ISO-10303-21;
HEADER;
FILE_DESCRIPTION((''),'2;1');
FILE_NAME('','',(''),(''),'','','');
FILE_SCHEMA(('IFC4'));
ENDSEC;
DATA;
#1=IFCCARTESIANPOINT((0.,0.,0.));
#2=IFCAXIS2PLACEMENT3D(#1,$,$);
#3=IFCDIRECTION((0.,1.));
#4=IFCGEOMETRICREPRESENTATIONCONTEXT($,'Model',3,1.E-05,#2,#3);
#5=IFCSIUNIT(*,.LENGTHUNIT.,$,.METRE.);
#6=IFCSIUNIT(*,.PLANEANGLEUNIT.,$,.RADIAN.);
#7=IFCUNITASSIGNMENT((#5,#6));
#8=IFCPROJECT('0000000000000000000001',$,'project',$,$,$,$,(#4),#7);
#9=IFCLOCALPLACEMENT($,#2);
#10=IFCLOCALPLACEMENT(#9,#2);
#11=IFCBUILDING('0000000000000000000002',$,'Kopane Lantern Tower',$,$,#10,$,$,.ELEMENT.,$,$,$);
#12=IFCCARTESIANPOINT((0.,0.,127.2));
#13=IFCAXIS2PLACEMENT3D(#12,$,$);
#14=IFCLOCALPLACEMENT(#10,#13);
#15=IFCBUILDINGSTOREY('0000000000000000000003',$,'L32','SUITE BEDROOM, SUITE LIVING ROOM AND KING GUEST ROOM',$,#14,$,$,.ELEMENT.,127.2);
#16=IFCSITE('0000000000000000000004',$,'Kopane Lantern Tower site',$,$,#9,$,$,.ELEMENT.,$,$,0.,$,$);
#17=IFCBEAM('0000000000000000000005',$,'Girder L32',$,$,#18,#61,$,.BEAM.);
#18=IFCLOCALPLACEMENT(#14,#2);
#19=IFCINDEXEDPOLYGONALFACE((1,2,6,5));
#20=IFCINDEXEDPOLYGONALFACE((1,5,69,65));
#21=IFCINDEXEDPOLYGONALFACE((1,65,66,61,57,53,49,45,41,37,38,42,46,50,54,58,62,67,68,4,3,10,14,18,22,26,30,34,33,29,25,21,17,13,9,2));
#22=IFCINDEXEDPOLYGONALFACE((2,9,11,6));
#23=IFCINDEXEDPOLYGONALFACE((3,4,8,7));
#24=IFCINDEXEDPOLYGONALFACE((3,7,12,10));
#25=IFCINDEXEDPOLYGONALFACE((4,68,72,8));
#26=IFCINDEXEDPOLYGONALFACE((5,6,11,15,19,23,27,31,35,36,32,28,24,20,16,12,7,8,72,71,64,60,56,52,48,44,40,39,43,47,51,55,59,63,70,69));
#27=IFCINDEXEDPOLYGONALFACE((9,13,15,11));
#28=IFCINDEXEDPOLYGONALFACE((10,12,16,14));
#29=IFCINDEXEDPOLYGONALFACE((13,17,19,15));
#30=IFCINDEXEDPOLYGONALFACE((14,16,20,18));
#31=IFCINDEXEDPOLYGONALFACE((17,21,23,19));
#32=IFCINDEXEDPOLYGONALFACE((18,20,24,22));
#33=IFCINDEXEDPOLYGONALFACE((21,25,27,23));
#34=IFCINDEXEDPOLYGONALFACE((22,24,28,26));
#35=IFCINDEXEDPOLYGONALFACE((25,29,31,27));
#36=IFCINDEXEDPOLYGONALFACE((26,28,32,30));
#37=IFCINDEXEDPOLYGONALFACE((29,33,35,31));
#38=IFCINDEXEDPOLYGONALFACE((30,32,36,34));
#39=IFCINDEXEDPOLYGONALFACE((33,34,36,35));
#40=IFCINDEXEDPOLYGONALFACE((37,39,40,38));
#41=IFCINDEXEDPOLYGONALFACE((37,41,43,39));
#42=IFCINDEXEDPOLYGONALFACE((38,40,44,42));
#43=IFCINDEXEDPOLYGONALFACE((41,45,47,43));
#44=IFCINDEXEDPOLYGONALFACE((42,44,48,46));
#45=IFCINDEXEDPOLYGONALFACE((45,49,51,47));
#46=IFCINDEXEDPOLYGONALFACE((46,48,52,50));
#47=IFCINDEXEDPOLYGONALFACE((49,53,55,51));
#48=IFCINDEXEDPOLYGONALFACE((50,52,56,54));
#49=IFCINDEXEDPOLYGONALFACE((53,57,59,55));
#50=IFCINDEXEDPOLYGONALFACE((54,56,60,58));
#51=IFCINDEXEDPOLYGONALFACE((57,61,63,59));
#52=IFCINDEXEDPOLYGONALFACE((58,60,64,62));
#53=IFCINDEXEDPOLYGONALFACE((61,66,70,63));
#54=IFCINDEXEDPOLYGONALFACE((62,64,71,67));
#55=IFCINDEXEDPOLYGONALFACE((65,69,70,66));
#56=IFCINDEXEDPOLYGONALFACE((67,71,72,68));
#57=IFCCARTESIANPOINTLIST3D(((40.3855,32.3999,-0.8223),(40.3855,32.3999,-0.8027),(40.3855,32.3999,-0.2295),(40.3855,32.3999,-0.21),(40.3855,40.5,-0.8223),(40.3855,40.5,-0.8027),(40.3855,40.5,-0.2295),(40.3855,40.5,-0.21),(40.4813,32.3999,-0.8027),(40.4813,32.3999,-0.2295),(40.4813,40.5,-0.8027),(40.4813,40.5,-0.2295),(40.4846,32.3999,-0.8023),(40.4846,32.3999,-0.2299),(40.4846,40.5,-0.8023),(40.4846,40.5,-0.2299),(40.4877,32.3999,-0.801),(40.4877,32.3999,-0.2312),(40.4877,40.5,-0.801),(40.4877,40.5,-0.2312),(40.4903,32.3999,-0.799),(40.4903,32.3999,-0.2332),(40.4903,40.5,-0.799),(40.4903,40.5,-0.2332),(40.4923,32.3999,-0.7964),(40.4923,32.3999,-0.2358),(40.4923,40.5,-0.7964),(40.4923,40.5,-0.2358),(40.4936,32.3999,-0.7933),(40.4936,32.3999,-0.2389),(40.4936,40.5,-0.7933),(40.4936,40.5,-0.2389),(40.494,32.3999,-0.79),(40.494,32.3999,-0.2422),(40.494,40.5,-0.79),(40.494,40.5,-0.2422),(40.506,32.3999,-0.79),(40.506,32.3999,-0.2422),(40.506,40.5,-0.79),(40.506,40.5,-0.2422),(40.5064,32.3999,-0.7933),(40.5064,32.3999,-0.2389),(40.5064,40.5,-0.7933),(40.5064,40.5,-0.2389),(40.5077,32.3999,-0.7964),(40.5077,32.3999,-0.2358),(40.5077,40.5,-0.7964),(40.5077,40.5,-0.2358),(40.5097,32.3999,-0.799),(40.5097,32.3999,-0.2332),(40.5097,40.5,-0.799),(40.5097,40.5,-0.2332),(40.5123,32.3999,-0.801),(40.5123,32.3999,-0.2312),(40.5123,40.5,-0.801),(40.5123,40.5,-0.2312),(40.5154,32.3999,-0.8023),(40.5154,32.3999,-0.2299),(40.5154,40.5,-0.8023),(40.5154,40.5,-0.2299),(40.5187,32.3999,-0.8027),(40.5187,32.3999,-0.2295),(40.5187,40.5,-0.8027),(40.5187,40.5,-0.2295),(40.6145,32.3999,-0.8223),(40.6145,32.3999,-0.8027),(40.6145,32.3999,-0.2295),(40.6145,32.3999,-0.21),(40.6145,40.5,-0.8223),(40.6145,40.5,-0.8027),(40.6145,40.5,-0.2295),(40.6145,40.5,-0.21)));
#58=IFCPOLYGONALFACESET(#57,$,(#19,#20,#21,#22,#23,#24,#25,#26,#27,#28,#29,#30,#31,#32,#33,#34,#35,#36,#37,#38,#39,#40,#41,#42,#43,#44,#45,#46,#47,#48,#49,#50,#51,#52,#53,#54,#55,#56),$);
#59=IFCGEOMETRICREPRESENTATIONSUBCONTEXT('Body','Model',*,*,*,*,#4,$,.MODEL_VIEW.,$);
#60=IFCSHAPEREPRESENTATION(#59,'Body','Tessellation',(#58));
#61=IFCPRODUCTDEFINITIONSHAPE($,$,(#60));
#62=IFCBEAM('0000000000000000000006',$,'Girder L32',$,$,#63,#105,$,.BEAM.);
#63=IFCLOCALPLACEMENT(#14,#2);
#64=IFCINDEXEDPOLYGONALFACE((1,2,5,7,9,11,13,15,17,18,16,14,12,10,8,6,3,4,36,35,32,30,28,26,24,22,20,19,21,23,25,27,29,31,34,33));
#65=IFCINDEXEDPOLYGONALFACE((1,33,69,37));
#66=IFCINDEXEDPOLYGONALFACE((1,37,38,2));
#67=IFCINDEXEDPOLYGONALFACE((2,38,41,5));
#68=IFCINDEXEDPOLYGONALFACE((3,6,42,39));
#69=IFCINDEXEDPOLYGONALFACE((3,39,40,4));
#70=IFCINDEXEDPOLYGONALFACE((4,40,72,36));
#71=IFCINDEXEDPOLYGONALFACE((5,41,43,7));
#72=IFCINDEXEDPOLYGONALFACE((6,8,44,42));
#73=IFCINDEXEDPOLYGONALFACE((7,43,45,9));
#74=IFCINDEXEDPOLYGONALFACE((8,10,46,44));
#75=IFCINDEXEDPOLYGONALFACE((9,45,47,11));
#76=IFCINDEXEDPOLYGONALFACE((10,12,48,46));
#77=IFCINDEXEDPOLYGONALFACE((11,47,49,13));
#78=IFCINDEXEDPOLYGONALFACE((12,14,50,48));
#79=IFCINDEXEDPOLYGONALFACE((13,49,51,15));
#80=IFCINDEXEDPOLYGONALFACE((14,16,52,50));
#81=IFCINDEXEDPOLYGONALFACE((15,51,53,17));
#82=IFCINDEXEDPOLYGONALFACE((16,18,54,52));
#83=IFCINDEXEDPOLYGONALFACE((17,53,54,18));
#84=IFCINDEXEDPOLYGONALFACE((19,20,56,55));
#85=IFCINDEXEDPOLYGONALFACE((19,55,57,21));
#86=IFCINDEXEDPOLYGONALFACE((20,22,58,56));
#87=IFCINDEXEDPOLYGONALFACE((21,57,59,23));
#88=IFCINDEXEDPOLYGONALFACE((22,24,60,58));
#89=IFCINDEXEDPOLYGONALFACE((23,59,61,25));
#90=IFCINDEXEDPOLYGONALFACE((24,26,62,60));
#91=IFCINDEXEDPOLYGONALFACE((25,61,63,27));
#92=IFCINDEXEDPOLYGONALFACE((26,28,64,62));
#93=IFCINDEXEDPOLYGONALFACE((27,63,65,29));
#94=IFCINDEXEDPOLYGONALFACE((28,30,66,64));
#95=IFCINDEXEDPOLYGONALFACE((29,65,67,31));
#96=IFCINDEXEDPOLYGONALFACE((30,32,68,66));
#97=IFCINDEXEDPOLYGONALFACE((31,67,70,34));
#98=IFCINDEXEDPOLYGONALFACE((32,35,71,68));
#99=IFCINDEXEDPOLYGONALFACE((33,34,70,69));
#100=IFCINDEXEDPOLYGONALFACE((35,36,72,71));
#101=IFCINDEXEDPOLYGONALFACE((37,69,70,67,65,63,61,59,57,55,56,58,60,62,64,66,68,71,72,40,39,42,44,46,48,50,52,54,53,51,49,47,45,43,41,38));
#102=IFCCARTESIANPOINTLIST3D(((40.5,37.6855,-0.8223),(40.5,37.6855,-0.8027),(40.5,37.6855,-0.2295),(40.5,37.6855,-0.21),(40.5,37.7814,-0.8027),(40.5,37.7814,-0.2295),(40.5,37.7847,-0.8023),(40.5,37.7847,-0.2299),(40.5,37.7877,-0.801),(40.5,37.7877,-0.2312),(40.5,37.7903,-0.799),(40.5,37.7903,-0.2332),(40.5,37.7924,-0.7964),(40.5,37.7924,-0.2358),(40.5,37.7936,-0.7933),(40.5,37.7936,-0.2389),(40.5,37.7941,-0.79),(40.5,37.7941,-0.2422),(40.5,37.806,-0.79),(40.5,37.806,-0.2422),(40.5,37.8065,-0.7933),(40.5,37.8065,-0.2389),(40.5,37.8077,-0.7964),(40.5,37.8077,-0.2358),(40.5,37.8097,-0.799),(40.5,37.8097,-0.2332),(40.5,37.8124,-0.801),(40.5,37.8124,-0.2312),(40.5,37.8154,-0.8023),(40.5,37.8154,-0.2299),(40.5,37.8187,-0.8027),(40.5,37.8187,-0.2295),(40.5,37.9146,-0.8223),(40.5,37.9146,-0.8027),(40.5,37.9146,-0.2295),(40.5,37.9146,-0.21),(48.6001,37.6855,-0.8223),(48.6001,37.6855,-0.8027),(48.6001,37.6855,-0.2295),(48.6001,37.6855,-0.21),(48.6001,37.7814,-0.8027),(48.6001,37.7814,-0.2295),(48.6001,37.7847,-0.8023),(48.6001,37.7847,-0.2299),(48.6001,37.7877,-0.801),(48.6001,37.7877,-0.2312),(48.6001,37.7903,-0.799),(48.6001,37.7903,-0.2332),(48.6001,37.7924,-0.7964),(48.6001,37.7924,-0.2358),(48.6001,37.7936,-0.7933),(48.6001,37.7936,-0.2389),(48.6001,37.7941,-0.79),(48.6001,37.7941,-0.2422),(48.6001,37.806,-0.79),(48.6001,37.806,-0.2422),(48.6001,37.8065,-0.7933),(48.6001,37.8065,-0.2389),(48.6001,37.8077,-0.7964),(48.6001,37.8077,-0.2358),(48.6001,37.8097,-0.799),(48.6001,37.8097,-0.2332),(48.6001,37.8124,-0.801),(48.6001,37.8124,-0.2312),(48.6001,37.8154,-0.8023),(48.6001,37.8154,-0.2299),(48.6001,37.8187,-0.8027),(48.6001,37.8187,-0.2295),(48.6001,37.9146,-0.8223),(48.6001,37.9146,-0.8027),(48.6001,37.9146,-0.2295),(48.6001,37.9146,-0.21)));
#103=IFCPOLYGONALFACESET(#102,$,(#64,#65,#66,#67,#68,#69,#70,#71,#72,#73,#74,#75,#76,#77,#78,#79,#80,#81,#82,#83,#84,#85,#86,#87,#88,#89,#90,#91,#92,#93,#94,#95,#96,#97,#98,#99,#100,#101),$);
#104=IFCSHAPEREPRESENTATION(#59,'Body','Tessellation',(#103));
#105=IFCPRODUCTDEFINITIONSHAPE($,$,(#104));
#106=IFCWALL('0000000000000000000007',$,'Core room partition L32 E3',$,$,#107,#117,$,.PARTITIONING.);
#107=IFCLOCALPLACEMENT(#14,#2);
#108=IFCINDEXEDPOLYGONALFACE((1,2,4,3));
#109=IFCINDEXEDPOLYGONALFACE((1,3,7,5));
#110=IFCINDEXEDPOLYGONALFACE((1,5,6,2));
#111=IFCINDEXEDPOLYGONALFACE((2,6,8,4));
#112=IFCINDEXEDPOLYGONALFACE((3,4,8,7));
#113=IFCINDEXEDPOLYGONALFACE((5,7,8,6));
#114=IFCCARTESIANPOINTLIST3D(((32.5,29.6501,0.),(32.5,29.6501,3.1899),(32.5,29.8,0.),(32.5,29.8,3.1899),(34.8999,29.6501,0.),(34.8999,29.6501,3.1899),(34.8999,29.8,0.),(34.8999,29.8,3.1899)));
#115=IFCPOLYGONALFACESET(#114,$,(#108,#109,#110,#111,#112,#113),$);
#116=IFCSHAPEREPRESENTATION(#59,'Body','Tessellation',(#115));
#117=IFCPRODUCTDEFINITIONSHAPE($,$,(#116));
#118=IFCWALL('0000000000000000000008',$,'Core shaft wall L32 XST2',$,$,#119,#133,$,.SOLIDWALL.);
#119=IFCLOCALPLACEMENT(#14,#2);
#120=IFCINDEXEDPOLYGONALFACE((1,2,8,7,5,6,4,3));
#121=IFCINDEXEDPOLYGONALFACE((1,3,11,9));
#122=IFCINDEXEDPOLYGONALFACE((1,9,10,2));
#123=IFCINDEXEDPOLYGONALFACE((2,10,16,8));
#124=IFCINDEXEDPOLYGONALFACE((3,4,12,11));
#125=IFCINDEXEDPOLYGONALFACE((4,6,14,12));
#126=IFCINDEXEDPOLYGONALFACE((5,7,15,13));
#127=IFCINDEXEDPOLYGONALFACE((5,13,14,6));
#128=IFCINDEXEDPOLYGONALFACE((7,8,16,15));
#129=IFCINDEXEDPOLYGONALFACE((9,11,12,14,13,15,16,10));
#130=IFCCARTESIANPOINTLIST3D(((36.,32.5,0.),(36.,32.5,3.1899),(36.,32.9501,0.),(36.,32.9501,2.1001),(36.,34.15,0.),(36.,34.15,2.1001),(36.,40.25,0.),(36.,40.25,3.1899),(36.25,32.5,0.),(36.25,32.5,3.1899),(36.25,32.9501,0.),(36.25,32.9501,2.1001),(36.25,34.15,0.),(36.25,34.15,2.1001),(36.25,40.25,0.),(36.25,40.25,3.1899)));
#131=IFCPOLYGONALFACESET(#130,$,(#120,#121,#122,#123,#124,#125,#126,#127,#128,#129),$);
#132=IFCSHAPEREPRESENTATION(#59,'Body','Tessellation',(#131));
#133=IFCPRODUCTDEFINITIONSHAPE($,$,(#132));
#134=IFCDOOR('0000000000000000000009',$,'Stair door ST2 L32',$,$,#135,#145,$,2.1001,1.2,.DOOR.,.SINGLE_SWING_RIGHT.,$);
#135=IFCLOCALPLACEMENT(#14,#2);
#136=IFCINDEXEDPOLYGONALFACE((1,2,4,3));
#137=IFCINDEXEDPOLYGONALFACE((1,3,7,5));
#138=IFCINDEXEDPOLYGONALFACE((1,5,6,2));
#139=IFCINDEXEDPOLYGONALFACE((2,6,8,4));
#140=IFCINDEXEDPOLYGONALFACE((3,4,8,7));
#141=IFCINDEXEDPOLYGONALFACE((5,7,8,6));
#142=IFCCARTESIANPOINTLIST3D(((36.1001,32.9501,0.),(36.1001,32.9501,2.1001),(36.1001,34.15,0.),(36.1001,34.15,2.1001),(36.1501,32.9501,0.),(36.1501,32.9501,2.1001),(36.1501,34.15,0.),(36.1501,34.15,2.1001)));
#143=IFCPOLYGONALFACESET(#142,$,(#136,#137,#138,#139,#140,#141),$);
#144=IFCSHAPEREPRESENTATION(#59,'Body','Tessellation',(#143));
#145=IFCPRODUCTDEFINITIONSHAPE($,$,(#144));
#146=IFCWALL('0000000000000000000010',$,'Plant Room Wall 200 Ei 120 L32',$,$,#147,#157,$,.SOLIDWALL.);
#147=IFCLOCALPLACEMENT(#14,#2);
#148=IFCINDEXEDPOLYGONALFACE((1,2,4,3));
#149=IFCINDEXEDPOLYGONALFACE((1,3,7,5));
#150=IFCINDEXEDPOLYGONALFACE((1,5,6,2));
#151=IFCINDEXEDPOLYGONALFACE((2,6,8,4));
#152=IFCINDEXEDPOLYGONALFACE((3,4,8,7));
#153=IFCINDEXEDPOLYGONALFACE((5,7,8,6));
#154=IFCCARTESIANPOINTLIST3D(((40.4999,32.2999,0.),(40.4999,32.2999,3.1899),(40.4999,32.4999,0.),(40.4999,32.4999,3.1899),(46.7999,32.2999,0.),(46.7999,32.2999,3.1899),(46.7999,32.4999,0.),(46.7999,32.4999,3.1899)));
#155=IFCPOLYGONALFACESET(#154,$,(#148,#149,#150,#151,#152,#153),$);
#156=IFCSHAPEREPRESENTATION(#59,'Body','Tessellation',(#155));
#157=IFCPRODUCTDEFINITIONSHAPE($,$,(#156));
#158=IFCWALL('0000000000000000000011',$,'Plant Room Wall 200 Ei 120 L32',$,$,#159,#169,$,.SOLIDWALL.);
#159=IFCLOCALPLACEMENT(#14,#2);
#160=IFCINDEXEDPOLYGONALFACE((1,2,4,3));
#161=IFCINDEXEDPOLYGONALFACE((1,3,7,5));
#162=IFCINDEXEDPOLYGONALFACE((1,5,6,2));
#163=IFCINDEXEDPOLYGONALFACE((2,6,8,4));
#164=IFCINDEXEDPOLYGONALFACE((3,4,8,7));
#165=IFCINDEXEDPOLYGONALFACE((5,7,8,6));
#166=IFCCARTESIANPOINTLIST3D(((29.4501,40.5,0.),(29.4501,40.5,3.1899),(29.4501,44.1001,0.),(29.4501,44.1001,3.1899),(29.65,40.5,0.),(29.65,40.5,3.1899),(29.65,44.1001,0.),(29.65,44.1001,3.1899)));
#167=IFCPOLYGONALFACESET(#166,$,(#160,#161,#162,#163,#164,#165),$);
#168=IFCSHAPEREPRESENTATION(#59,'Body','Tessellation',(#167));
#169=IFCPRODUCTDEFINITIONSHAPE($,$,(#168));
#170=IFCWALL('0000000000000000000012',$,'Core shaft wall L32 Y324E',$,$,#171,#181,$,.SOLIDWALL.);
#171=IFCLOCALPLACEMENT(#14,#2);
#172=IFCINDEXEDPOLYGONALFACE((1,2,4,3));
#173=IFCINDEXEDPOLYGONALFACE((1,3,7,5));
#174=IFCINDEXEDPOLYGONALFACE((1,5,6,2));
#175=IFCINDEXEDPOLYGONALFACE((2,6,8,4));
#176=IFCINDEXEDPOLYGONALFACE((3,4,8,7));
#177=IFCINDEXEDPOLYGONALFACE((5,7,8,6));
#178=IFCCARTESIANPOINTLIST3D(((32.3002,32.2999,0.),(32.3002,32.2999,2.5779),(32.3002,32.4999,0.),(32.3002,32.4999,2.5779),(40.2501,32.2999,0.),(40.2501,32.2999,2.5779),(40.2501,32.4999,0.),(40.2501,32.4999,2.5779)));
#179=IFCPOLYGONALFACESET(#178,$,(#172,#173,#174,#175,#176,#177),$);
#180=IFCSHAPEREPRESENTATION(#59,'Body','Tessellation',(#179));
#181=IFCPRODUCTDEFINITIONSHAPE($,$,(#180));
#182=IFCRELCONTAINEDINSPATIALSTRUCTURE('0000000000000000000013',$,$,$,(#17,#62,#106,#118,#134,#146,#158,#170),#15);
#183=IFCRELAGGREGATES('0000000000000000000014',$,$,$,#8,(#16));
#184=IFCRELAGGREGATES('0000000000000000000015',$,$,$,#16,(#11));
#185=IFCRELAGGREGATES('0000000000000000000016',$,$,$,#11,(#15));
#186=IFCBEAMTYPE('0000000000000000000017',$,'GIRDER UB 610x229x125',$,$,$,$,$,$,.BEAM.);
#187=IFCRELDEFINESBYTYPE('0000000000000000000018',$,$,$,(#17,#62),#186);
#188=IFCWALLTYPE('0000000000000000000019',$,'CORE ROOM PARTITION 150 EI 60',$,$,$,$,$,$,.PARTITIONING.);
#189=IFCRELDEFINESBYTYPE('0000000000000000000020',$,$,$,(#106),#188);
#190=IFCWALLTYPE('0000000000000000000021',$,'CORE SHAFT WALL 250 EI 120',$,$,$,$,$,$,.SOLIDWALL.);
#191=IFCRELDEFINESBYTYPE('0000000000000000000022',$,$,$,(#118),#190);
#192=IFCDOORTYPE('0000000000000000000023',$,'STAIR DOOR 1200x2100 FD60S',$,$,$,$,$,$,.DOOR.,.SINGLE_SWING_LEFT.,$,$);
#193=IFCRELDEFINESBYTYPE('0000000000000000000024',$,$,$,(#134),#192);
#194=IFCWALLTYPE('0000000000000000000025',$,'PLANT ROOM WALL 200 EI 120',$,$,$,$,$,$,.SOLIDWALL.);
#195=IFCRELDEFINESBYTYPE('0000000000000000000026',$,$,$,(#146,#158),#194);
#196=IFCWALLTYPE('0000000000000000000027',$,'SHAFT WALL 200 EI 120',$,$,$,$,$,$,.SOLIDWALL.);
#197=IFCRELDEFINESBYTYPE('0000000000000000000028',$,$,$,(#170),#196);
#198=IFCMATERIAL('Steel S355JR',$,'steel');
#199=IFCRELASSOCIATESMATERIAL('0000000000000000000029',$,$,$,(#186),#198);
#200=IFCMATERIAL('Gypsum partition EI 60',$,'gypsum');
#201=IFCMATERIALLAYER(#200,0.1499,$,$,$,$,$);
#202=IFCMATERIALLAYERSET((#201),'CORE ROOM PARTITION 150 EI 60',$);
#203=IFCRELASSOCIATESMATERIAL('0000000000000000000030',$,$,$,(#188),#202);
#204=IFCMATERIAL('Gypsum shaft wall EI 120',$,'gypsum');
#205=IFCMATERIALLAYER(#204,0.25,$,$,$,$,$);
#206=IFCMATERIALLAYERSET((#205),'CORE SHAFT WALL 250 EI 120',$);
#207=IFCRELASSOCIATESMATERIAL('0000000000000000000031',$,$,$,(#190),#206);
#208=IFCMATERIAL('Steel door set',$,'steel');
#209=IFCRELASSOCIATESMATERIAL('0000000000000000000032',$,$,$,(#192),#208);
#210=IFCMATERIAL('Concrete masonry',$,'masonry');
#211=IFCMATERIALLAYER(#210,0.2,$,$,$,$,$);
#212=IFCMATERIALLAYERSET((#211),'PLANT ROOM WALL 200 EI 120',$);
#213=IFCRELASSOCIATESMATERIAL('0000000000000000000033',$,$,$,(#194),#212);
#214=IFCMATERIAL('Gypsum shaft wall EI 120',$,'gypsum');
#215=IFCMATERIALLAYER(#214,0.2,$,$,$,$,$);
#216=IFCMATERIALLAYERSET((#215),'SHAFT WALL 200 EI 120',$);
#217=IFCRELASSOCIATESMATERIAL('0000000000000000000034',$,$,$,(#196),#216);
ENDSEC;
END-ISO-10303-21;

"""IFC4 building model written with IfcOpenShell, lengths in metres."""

from ifc_helpers import new_model, si_unit, direction, frame, frame_2d, origin, origin_2d, place, context, subcontext, project, spatial, rectangle, i_section, extrude, material, layer, layer_set, material_profile, profile_set, type_object, element, fill, save


model = new_model("IFC4")

# Units and contexts
model_context = context("Model", 3, precision=1e-05, world=origin(), true_north=direction((0.0, 1.0)))
body_context = subcontext(model_context, "Body", "Model", "MODEL_VIEW")
ifc_project = project(units=[si_unit("LENGTHUNIT", "METRE"), si_unit("PLANEANGLEUNIT", "RADIAN")], contexts=[model_context])

# Site, building, storey
site_placement = place(None, origin())
site = spatial("IfcSite", under=ifc_project, at=site_placement, Name="Kopane Lantern Tower site", CompositionType="ELEMENT", RefElevation=0.0)
building_placement = place(site_placement, origin())
building = spatial("IfcBuilding", under=site, at=building_placement, Name="Kopane Lantern Tower", CompositionType="ELEMENT")
storey_placement = place(building_placement, frame((0.0, 0.0, 127.2)))
storey = spatial("IfcBuildingStorey", under=building, at=storey_placement, Name="L32", Description="SUITE BEDROOM, SUITE LIVING ROOM AND KING GUEST ROOM", CompositionType="ELEMENT", Elevation=127.2)

# Beams
ifc_material_1 = material(Name="Steel S355JR", Category="steel")
ifc_material_profile_1 = material_profile(ifc_material_1, i_section(OverallWidth=0.229, OverallDepth=0.6123, WebThickness=0.012, FlangeThickness=0.0195, FilletRadius=0.0127, at=origin_2d()), Name="UB 610x229x125")
ifc_profile_set_1 = profile_set([ifc_material_profile_1], Name="Steel S355JR")
beam_type_1 = type_object("IfcBeamType", Name="GIRDER UB 610x229x125", PredefinedType="BEAM", material=ifc_profile_set_1)
for number, where, z_axis, x_axis, name in (
    (1, (40.5, 32.3999, -0.5161), (0.0, 1.0, 0.0), (-1.0, 0.0, 0.0), "Girder L32"),
    (2, (40.5, 37.8, -0.5161), (1.0, 0.0, 0.0), (0.0, 1.0, 0.0), "Girder L32"),
):
    element("IfcBeam", number, at=place(storey_placement, frame(where, z_axis=z_axis, x_axis=x_axis)), inside=storey, type_object=beam_type_1, Name=name, PredefinedType="BEAM", context=body_context, shape_type="SweptSolid", body=[
        extrude(i_section(OverallWidth=0.229, OverallDepth=0.6123, WebThickness=0.012, FlangeThickness=0.0195, FilletRadius=0.0127, at=origin_2d()), origin(), (0.0, 0.0, 1.0), 8.1001),
    ])

# Wall
ifc_material_2 = material(Name="Gypsum partition EI 60", Category="gypsum")
ifc_layer_1 = layer(ifc_material_2, 0.1499)
ifc_layer_set_1 = layer_set([ifc_layer_1], Name="CORE ROOM PARTITION 150 EI 60")
wall_type_1 = type_object("IfcWallType", Name="CORE ROOM PARTITION 150 EI 60", PredefinedType="PARTITIONING", material=ifc_layer_set_1)
wall_1_placement = place(storey_placement, frame((32.5, 29.7251, 0.0), z_axis=(0.0, 0.0, 1.0), x_axis=(1.0, 0.0, 0.0)))
element("IfcWall", 3, at=wall_1_placement, inside=storey, type_object=wall_type_1, Name="Core room partition L32 E3", PredefinedType="PARTITIONING", context=body_context, shape_type="SweptSolid", body=[
    extrude(rectangle(XDim=2.3999, YDim=0.1499, at=frame_2d((1.2, 0.0))), origin(), (0.0, 0.0, 1.0), 3.1899),
])

# Wall, opening, door
ifc_material_3 = material(Name="Gypsum shaft wall EI 120", Category="gypsum")
ifc_layer_2 = layer(ifc_material_3, 0.25)
ifc_layer_set_2 = layer_set([ifc_layer_2], Name="CORE SHAFT WALL 250 EI 120")
wall_type_2 = type_object("IfcWallType", Name="CORE SHAFT WALL 250 EI 120", PredefinedType="SOLIDWALL", material=ifc_layer_set_2)
wall_2_placement = place(storey_placement, frame((36.125, 32.5, 0.0), z_axis=(0.0, 0.0, 1.0), x_axis=(0.0, 1.0, 0.0)))
wall_2 = element("IfcWall", 4, at=wall_2_placement, inside=storey, type_object=wall_type_2, Name="Core shaft wall L32 XST2", PredefinedType="SOLIDWALL", context=body_context, shape_type="SweptSolid", body=[
    extrude(rectangle(XDim=7.75, YDim=0.25, at=frame_2d((3.875, 0.0))), origin(), (0.0, 0.0, 1.0), 3.1899),
])
opening_1_placement = place(wall_2_placement, frame((0.45, 0.0, 0.0)))
opening_1 = element("IfcOpeningElement", 5, at=opening_1_placement, cuts=wall_2, PredefinedType="OPENING", context=body_context, shape_type="SweptSolid", body=[
    extrude(rectangle(XDim=1.2, YDim=2.1001, at=frame_2d((0.6001, 1.05))), frame((0.0, 0.135, 0.0), z_axis=(0.0, -1.0, 0.0), x_axis=(1.0, 0.0, 0.0)), (0.0, 0.0, 1.0), 0.27),
])
ifc_material_4 = material(Name="Steel door set", Category="steel")
door_type_1 = type_object("IfcDoorType", Name="STAIR DOOR 1200x2100 FD60S", OperationType="SINGLE_SWING_LEFT", PredefinedType="DOOR", material=ifc_material_4)
door_1_placement = place(opening_1_placement, origin())
door_1 = element("IfcDoor", 6, at=door_1_placement, inside=storey, type_object=door_type_1, Name="Stair door ST2 L32", OperationType="SINGLE_SWING_RIGHT", OverallHeight=2.1001, OverallWidth=1.2, PredefinedType="DOOR", context=body_context, shape_type="SweptSolid", body=[
    extrude(rectangle(XDim=1.2, YDim=2.1001, at=frame_2d((0.6001, 1.05))), frame((0.0, 0.0249, 0.0), z_axis=(0.0, -1.0, 0.0), x_axis=(1.0, 0.0, 0.0)), (0.0, 0.0, 1.0), 0.05),
])
fill(opening_1, door_1)

# Walls
ifc_material_5 = material(Name="Concrete masonry", Category="masonry")
ifc_layer_3 = layer(ifc_material_5, 0.2)
ifc_layer_set_3 = layer_set([ifc_layer_3], Name="PLANT ROOM WALL 200 EI 120")
wall_type_3 = type_object("IfcWallType", Name="PLANT ROOM WALL 200 EI 120", PredefinedType="SOLIDWALL", material=ifc_layer_set_3)
wall_3_placement = place(storey_placement, frame((40.5, 32.3999, 0.0), z_axis=(0.0, 0.0, 1.0), x_axis=(1.0, 0.0, 0.0)))
element("IfcWall", 7, at=wall_3_placement, inside=storey, type_object=wall_type_3, Name="Plant Room Wall 200 Ei 120 L32", PredefinedType="SOLIDWALL", context=body_context, shape_type="SweptSolid", body=[
    extrude(rectangle(XDim=6.3, YDim=0.2, at=frame_2d((3.1499, 0.0))), origin(), (0.0, 0.0, 1.0), 3.1899),
])
wall_4_placement = place(storey_placement, frame((29.55, 40.5, 0.0), z_axis=(0.0, 0.0, 1.0), x_axis=(0.0, 1.0, 0.0)))
element("IfcWall", 8, at=wall_4_placement, inside=storey, type_object=wall_type_3, Name="Plant Room Wall 200 Ei 120 L32", PredefinedType="SOLIDWALL", context=body_context, shape_type="SweptSolid", body=[
    extrude(rectangle(XDim=3.6001, YDim=0.2, at=frame_2d((1.8, 0.0))), origin(), (0.0, 0.0, 1.0), 3.1899),
])
ifc_material_6 = material(Name="Gypsum shaft wall EI 120", Category="gypsum")
ifc_layer_4 = layer(ifc_material_6, 0.2)
ifc_layer_set_4 = layer_set([ifc_layer_4], Name="SHAFT WALL 200 EI 120")
wall_type_4 = type_object("IfcWallType", Name="SHAFT WALL 200 EI 120", PredefinedType="SOLIDWALL", material=ifc_layer_set_4)
wall_5_placement = place(storey_placement, frame((32.3, 32.3999, 0.0), z_axis=(0.0, 0.0, 1.0), x_axis=(1.0, 0.0, 0.0)))
element("IfcWall", 9, at=wall_5_placement, inside=storey, type_object=wall_type_4, Name="Core shaft wall L32 Y324E", PredefinedType="SOLIDWALL", context=body_context, shape_type="SweptSolid", body=[
    extrude(rectangle(XDim=7.95, YDim=0.2, at=frame_2d((3.9751, 0.0))), origin(), (0.0, 0.0, 1.0), 2.5779),
])

save(model, "model.ifc")
